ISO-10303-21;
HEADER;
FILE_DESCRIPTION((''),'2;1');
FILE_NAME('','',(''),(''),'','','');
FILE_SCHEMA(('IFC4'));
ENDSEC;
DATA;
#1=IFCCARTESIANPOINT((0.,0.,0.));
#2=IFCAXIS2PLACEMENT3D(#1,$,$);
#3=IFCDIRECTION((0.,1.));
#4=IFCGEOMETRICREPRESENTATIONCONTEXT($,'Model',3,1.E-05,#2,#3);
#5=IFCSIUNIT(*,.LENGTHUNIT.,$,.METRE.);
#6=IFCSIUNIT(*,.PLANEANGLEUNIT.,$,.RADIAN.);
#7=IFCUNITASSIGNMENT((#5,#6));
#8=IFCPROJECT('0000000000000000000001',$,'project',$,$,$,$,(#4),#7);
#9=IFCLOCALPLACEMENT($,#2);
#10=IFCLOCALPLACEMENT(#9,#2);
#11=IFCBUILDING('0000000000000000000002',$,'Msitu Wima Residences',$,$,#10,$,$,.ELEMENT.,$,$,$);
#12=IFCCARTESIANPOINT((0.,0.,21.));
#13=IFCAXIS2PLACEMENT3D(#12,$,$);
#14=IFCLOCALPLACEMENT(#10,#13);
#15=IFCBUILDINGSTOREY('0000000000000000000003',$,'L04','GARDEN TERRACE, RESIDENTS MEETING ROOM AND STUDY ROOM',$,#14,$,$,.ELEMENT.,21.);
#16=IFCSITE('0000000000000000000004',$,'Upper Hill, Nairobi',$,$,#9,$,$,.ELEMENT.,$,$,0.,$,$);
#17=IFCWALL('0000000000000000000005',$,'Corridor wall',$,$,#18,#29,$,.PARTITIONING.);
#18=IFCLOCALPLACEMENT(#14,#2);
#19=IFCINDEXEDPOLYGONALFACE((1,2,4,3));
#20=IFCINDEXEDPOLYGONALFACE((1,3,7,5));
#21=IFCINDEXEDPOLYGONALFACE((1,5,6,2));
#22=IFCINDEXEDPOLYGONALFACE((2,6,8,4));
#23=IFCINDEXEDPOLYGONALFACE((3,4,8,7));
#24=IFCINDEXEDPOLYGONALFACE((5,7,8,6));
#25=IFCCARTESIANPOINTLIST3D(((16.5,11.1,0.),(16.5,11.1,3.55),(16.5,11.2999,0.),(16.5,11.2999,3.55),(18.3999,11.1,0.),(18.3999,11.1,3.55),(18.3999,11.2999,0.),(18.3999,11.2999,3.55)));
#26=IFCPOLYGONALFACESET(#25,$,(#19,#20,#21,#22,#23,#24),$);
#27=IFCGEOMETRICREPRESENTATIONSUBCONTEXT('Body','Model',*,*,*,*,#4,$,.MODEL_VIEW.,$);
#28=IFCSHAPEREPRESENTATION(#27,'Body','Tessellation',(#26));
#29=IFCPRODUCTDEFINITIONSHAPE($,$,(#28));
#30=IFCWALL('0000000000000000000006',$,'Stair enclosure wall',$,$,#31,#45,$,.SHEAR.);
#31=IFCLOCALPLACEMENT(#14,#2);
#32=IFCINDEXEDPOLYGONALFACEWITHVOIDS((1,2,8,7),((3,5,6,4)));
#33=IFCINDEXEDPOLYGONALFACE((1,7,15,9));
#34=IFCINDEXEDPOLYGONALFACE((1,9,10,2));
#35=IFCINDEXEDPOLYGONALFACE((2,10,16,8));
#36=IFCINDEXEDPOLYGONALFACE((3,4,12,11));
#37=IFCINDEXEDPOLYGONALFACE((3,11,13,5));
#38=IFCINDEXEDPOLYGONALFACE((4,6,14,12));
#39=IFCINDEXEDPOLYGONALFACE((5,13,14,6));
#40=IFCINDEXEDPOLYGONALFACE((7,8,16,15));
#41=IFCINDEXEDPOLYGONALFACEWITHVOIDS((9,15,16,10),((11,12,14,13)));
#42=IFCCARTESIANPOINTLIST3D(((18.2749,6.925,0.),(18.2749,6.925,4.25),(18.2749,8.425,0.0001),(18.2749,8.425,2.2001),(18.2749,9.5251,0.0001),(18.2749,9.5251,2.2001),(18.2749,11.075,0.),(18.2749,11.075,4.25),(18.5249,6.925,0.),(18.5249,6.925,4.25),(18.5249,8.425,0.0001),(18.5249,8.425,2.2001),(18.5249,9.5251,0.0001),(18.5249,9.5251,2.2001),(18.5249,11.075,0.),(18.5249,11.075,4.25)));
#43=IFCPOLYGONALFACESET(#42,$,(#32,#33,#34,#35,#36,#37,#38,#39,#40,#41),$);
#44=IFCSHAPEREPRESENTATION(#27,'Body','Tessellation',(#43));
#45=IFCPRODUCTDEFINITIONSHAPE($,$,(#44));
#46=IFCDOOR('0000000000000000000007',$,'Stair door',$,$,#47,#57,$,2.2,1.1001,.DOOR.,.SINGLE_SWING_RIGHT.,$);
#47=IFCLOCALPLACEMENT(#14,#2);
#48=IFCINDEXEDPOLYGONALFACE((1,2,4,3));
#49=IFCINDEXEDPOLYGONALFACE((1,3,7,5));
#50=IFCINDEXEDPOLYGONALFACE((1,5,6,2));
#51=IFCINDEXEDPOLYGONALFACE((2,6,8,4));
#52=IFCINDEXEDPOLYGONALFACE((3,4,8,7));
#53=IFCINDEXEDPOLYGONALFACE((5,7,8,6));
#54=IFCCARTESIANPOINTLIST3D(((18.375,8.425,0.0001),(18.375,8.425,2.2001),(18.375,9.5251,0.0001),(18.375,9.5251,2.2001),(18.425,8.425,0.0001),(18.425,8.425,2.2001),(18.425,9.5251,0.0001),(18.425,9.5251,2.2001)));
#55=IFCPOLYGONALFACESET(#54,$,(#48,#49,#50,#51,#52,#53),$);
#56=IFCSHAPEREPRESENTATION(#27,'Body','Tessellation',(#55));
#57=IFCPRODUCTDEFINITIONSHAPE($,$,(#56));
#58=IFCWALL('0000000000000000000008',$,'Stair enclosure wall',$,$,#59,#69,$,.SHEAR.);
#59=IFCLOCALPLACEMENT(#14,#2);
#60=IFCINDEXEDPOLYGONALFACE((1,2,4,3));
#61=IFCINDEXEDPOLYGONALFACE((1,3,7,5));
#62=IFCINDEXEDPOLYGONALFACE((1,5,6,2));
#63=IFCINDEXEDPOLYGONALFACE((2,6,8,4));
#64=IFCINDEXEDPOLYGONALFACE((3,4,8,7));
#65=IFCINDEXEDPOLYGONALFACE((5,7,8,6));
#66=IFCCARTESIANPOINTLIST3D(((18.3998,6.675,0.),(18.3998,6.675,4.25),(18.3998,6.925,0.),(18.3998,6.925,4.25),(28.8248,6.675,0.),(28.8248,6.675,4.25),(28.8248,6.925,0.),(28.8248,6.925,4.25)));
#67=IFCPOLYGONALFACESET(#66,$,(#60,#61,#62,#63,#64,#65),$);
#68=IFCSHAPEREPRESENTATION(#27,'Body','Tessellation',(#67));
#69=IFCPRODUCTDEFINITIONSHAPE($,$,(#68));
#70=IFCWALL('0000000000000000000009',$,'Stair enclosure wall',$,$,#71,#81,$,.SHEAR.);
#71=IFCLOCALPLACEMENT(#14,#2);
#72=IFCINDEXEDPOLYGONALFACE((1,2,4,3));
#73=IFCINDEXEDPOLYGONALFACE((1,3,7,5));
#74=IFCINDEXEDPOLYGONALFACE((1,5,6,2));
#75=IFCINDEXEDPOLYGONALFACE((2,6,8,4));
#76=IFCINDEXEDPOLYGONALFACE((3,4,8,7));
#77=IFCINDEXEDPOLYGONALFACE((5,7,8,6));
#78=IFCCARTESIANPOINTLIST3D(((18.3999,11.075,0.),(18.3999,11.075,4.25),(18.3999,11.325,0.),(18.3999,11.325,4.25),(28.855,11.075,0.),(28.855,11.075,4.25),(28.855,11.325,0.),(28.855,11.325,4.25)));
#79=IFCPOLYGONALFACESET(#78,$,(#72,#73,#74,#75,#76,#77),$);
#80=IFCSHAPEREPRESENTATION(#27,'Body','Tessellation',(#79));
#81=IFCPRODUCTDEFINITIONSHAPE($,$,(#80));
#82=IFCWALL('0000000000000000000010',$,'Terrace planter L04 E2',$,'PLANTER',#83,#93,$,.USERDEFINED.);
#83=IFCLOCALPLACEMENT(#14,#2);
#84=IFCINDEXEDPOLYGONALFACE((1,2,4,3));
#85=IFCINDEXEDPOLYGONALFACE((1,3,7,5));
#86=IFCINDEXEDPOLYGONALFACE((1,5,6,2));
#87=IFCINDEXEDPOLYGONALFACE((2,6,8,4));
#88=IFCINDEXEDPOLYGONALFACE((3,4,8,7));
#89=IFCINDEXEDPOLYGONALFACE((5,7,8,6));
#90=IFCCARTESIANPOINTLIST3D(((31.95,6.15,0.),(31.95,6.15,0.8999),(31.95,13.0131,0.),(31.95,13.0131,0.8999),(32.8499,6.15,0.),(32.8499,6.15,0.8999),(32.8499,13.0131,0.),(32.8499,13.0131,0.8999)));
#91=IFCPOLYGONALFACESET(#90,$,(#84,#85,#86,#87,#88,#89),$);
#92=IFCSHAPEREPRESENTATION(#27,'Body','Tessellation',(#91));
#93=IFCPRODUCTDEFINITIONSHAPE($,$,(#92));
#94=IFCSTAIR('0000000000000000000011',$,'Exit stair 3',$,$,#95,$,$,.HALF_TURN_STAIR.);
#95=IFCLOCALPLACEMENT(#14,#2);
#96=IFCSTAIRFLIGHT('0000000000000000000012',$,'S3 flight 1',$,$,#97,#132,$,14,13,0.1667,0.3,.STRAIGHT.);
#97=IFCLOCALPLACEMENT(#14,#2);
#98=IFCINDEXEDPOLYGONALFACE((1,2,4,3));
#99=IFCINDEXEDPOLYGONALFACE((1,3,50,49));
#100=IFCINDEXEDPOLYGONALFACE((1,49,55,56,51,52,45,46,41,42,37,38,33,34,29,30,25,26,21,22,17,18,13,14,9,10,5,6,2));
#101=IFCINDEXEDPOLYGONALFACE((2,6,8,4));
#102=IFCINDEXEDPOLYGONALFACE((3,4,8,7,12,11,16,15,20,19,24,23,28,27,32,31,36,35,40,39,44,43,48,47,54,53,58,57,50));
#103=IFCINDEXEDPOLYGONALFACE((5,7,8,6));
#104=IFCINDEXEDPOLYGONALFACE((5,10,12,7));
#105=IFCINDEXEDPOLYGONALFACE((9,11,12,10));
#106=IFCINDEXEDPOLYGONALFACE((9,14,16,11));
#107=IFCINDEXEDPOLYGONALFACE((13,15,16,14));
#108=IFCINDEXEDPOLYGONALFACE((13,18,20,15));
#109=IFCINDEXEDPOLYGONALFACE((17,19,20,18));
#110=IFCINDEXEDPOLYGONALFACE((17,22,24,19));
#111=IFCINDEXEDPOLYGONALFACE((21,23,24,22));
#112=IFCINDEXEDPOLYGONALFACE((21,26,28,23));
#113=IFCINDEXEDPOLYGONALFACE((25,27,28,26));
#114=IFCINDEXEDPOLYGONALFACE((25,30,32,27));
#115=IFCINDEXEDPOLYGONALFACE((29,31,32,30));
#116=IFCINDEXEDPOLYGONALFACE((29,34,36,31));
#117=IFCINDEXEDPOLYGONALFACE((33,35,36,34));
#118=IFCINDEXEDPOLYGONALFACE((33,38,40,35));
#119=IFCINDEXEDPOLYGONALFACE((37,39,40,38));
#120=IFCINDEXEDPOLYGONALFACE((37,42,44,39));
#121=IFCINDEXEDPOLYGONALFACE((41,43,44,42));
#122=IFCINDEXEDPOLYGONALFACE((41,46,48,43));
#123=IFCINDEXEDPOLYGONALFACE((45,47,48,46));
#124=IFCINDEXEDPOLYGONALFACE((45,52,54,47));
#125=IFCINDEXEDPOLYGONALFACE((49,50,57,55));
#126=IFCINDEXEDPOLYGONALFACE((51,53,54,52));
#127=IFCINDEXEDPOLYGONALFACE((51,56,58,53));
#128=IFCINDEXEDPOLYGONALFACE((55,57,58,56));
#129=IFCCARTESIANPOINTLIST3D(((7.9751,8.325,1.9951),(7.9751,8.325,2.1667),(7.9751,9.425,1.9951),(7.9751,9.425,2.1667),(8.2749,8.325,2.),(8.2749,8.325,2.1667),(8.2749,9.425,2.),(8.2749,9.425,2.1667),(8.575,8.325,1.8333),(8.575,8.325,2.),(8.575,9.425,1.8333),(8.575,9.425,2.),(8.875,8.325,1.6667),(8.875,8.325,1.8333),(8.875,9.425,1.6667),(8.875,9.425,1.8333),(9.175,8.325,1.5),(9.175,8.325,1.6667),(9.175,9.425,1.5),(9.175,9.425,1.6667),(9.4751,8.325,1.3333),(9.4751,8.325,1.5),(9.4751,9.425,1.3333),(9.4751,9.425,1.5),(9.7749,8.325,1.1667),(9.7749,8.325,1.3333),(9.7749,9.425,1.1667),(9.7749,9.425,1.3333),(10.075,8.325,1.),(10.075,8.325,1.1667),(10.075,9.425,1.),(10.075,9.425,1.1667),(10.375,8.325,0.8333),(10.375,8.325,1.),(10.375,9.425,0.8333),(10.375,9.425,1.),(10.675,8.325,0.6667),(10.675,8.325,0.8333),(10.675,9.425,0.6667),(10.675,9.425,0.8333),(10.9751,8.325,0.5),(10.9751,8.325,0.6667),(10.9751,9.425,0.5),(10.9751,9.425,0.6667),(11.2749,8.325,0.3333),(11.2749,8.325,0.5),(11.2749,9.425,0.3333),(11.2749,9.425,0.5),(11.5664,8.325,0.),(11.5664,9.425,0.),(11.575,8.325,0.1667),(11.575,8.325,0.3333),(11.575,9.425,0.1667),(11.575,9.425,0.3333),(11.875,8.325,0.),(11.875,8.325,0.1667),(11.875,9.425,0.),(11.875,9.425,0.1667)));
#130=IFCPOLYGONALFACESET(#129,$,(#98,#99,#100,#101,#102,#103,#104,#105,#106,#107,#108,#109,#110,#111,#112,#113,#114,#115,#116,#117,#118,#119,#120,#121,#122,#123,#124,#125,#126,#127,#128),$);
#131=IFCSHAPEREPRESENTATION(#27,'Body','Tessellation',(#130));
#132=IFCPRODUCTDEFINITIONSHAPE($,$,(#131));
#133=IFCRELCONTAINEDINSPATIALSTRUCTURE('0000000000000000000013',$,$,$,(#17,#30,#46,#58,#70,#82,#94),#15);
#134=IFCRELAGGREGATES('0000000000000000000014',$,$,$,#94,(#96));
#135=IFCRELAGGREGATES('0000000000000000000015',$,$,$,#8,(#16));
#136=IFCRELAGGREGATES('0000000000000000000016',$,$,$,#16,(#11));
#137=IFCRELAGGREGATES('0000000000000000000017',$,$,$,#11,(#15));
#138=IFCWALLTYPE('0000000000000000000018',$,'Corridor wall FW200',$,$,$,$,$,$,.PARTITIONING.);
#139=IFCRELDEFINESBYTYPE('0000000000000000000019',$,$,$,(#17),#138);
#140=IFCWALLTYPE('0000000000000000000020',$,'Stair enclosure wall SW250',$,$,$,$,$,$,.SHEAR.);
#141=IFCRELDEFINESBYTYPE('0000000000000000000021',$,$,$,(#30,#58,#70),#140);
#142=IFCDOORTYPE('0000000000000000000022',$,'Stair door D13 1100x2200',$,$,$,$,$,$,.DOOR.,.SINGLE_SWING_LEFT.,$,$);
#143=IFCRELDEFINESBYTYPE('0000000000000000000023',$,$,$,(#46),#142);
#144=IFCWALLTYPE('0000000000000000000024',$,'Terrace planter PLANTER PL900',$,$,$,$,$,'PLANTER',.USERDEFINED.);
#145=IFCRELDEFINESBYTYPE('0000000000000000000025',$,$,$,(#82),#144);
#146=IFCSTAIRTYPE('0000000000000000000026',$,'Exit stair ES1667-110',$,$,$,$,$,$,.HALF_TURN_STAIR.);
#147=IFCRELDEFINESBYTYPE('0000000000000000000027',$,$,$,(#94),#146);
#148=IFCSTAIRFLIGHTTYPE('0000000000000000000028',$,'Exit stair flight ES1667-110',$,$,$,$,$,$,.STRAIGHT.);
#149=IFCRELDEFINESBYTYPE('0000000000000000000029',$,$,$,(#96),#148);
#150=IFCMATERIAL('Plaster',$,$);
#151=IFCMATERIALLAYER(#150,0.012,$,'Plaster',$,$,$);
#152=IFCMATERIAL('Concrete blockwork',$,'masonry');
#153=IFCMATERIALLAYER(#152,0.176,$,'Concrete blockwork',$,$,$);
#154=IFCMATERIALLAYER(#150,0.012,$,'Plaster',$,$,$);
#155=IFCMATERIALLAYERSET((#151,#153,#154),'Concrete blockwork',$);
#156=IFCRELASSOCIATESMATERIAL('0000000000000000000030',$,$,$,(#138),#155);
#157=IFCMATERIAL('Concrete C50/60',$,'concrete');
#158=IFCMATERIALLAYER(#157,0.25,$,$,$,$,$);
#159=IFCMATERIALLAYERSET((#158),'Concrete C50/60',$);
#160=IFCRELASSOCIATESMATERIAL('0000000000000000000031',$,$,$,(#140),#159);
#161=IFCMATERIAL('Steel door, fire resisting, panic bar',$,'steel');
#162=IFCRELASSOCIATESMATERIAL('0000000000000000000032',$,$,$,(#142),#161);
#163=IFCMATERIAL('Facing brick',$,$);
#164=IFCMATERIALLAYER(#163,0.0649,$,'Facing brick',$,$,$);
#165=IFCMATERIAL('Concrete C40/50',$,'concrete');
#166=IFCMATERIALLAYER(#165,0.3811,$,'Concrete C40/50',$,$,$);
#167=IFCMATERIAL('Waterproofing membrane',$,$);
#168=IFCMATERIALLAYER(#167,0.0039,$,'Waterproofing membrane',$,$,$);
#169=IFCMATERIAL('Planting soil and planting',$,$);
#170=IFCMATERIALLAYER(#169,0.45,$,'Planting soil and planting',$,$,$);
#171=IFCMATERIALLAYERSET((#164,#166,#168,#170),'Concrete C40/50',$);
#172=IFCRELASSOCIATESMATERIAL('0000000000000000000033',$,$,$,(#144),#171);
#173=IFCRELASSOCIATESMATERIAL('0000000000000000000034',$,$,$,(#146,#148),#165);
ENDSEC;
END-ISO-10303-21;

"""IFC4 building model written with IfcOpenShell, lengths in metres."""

from ifc_helpers import new_model, si_unit, direction, frame, frame_2d, origin, place, context, subcontext, project, spatial, polyline, rectangle, outline, extrude, material, layer, layer_set, type_object, element, fill, aggregate, save


model = new_model("IFC4")

# Units and contexts
model_context = context("Model", 3, precision=1e-05, world=origin(), true_north=direction((0.0, 1.0)))
body_context = subcontext(model_context, "Body", "Model", "MODEL_VIEW")
ifc_project = project(units=[si_unit("LENGTHUNIT", "METRE"), si_unit("PLANEANGLEUNIT", "RADIAN")], contexts=[model_context])

# Site, building, storey
site_placement = place(None, origin())
site = spatial("IfcSite", under=ifc_project, at=site_placement, Name="Upper Hill, Nairobi", CompositionType="ELEMENT", RefElevation=0.0)
building_placement = place(site_placement, origin())
building = spatial("IfcBuilding", under=site, at=building_placement, Name="Msitu Wima Residences", CompositionType="ELEMENT")
storey_placement = place(building_placement, frame((0.0, 0.0, 21.0)))
storey = spatial("IfcBuildingStorey", under=building, at=storey_placement, Name="L04", Description="GARDEN TERRACE, RESIDENTS MEETING ROOM AND STUDY ROOM", CompositionType="ELEMENT", Elevation=21.0)

# Shared definitions
ifc_material_1 = material(Name="Concrete C50/60", Category="concrete")
ifc_material_2 = material(Name="Concrete C40/50", Category="concrete")

# Wall
ifc_material_3 = material(Name="Plaster")
ifc_layer_1 = layer(ifc_material_3, 0.012, Name="Plaster")
ifc_material_4 = material(Name="Concrete blockwork", Category="masonry")
ifc_layer_2 = layer(ifc_material_4, 0.176, Name="Concrete blockwork")
ifc_layer_3 = layer(ifc_material_3, 0.012, Name="Plaster")
ifc_layer_set_1 = layer_set([ifc_layer_1, ifc_layer_2, ifc_layer_3], Name="Concrete blockwork")
wall_type_1 = type_object("IfcWallType", Name="Corridor wall FW200", PredefinedType="PARTITIONING", material=ifc_layer_set_1)
wall_1_placement = place(storey_placement, frame((16.5, 11.2, 0.0), z_axis=(0.0, 0.0, 1.0), x_axis=(1.0, 0.0, 0.0)))
element("IfcWall", 1, at=wall_1_placement, inside=storey, type_object=wall_type_1, Name="Corridor wall", PredefinedType="PARTITIONING", context=body_context, shape_type="SweptSolid", body=[
    extrude(rectangle(XDim=1.8999, YDim=0.2, at=frame_2d((0.95, 0.0))), origin(), (0.0, 0.0, 1.0), 3.55),
])

# Wall, opening, door
ifc_layer_4 = layer(ifc_material_1, 0.25)
ifc_layer_set_2 = layer_set([ifc_layer_4], Name="Concrete C50/60")
wall_type_2 = type_object("IfcWallType", Name="Stair enclosure wall SW250", PredefinedType="SHEAR", material=ifc_layer_set_2)
wall_2_placement = place(storey_placement, frame((18.3999, 6.925, 0.0), z_axis=(0.0, 0.0, 1.0), x_axis=(0.0, 1.0, 0.0)))
wall_2 = element("IfcWall", 2, at=wall_2_placement, inside=storey, type_object=wall_type_2, Name="Stair enclosure wall", PredefinedType="SHEAR", context=body_context, shape_type="SweptSolid", body=[
    extrude(rectangle(XDim=4.1499, YDim=0.25, at=frame_2d((2.075, 0.0))), origin(), (0.0, 0.0, 1.0), 4.25),
])
opening_1_placement = place(wall_2_placement, frame((1.5, 0.0, 0.0)))
opening_1 = element("IfcOpeningElement", 3, at=opening_1_placement, cuts=wall_2, PredefinedType="OPENING", context=body_context, shape_type="SweptSolid", body=[
    extrude(rectangle(XDim=1.1001, YDim=2.2, at=frame_2d((0.55, 1.1001))), frame((0.0, 0.135, 0.0), z_axis=(0.0, -1.0, 0.0), x_axis=(1.0, 0.0, 0.0)), (0.0, 0.0, 1.0), 0.27),
])
ifc_material_5 = material(Name="Steel door, fire resisting, panic bar", Category="steel")
door_type = type_object("IfcDoorType", Name="Stair door D13 1100x2200", OperationType="SINGLE_SWING_LEFT", PredefinedType="DOOR", material=ifc_material_5)
door_placement = place(opening_1_placement, origin())
door = element("IfcDoor", 4, at=door_placement, inside=storey, type_object=door_type, Name="Stair door", OperationType="SINGLE_SWING_RIGHT", OverallHeight=2.2, OverallWidth=1.1001, PredefinedType="DOOR", context=body_context, shape_type="SweptSolid", body=[
    extrude(rectangle(XDim=1.1001, YDim=2.2, at=frame_2d((0.55, 1.1001))), frame((0.0, 0.0249, 0.0), z_axis=(0.0, -1.0, 0.0), x_axis=(1.0, 0.0, 0.0)), (0.0, 0.0, 1.0), 0.05),
])
fill(opening_1, door)

# Walls
wall_3_placement = place(storey_placement, frame((18.3999, 6.8, 0.0), z_axis=(0.0, 0.0, 1.0), x_axis=(1.0, 0.0, 0.0)))
element("IfcWall", 5, at=wall_3_placement, inside=storey, type_object=wall_type_2, Name="Stair enclosure wall", PredefinedType="SHEAR", context=body_context, shape_type="SweptSolid", body=[
    extrude(rectangle(XDim=10.425, YDim=0.25, at=frame_2d((5.2124, 0.0))), origin(), (0.0, 0.0, 1.0), 4.25),
])
wall_4_placement = place(storey_placement, frame((18.3999, 11.2, 0.0), z_axis=(0.0, 0.0, 1.0), x_axis=(1.0, 0.0, 0.0)))
element("IfcWall", 6, at=wall_4_placement, inside=storey, type_object=wall_type_2, Name="Stair enclosure wall", PredefinedType="SHEAR", context=body_context, shape_type="SweptSolid", body=[
    extrude(rectangle(XDim=10.4551, YDim=0.25, at=frame_2d((5.2275, 0.0))), origin(), (0.0, 0.0, 1.0), 4.25),
])
ifc_material_6 = material(Name="Facing brick")
ifc_layer_5 = layer(ifc_material_6, 0.0649, Name="Facing brick")
ifc_layer_6 = layer(ifc_material_2, 0.3811, Name="Concrete C40/50")
ifc_material_7 = material(Name="Waterproofing membrane")
ifc_layer_7 = layer(ifc_material_7, 0.0039, Name="Waterproofing membrane")
ifc_material_8 = material(Name="Planting soil and planting")
ifc_layer_8 = layer(ifc_material_8, 0.45, Name="Planting soil and planting")
ifc_layer_set_3 = layer_set([ifc_layer_5, ifc_layer_6, ifc_layer_7, ifc_layer_8], Name="Concrete C40/50")
wall_type_3 = type_object("IfcWallType", Name="Terrace planter PLANTER PL900", ElementType="PLANTER", PredefinedType="USERDEFINED", material=ifc_layer_set_3)
wall_5_placement = place(storey_placement, frame((32.3999, 6.1499, 0.0), z_axis=(0.0, 0.0, 1.0), x_axis=(0.0, 1.0, 0.0)))
element("IfcWall", 7, at=wall_5_placement, inside=storey, type_object=wall_type_3, Name="Terrace planter L04 E2", ObjectType="PLANTER", PredefinedType="USERDEFINED", context=body_context, shape_type="SweptSolid", body=[
    extrude(rectangle(XDim=6.863, YDim=0.8999, at=frame_2d((3.4316, 0.0))), origin(), (0.0, 0.0, 1.0), 0.8999),
])

# Stair, stair flight
stair_type = type_object("IfcStairType", Name="Exit stair ES1667-110", PredefinedType="HALF_TURN_STAIR", material=ifc_material_2)
stair_placement = place(storey_placement, origin())
stair = element("IfcStair", 8, at=stair_placement, inside=storey, type_object=stair_type, Name="Exit stair 3", PredefinedType="HALF_TURN_STAIR")
stair_flight_type = type_object("IfcStairFlightType", Name="Exit stair flight ES1667-110", PredefinedType="STRAIGHT", material=ifc_material_2)
stair_flight_placement = place(storey_placement, frame((11.875, 8.875, 0.0), z_axis=(0.0, 0.0, 1.0), x_axis=(-1.0, 0.0, 0.0)))
stair_flight = element("IfcStairFlight", 9, at=stair_flight_placement, type_object=stair_flight_type, Name="S3 flight 1", NumberOfRisers=14, NumberOfTreads=13, PredefinedType="STRAIGHT", RiserHeight=0.1667, TreadLength=0.3, context=body_context, shape_type="SweptSolid", body=[
    extrude(outline(polyline([(0.0, 0.0), (0.0, 0.1667), (0.3, 0.1667), (0.3, 0.3333), (0.6001, 0.3333), (0.6001, 0.5), (0.8999, 0.5), (0.8999, 0.6667), (1.2, 0.6667), (1.2, 0.8333), (1.5, 0.8333), (1.5, 1.0), (1.8, 1.0), (1.8, 1.1667), (2.1001, 1.1667), (2.1001, 1.3333), (2.3999, 1.3333), (2.3999, 1.5), (2.7, 1.5), (2.7, 1.6667), (3.0, 1.6667), (3.0, 1.8333), (3.3, 1.8333), (3.3, 2.0), (3.6001, 2.0), (3.6001, 2.1667), (3.8999, 2.1667), (3.8999, 2.3333), (3.8999, 1.9951), (0.3086, 0.0), (0.0, 0.0)])), frame((0.0, 0.55, 0.0), z_axis=(0.0, -1.0, 0.0), x_axis=(1.0, 0.0, 0.0)), (0.0, 0.0, 1.0), 1.1001),
])
aggregate(stair, [stair_flight])

save(model, "model.ifc")
